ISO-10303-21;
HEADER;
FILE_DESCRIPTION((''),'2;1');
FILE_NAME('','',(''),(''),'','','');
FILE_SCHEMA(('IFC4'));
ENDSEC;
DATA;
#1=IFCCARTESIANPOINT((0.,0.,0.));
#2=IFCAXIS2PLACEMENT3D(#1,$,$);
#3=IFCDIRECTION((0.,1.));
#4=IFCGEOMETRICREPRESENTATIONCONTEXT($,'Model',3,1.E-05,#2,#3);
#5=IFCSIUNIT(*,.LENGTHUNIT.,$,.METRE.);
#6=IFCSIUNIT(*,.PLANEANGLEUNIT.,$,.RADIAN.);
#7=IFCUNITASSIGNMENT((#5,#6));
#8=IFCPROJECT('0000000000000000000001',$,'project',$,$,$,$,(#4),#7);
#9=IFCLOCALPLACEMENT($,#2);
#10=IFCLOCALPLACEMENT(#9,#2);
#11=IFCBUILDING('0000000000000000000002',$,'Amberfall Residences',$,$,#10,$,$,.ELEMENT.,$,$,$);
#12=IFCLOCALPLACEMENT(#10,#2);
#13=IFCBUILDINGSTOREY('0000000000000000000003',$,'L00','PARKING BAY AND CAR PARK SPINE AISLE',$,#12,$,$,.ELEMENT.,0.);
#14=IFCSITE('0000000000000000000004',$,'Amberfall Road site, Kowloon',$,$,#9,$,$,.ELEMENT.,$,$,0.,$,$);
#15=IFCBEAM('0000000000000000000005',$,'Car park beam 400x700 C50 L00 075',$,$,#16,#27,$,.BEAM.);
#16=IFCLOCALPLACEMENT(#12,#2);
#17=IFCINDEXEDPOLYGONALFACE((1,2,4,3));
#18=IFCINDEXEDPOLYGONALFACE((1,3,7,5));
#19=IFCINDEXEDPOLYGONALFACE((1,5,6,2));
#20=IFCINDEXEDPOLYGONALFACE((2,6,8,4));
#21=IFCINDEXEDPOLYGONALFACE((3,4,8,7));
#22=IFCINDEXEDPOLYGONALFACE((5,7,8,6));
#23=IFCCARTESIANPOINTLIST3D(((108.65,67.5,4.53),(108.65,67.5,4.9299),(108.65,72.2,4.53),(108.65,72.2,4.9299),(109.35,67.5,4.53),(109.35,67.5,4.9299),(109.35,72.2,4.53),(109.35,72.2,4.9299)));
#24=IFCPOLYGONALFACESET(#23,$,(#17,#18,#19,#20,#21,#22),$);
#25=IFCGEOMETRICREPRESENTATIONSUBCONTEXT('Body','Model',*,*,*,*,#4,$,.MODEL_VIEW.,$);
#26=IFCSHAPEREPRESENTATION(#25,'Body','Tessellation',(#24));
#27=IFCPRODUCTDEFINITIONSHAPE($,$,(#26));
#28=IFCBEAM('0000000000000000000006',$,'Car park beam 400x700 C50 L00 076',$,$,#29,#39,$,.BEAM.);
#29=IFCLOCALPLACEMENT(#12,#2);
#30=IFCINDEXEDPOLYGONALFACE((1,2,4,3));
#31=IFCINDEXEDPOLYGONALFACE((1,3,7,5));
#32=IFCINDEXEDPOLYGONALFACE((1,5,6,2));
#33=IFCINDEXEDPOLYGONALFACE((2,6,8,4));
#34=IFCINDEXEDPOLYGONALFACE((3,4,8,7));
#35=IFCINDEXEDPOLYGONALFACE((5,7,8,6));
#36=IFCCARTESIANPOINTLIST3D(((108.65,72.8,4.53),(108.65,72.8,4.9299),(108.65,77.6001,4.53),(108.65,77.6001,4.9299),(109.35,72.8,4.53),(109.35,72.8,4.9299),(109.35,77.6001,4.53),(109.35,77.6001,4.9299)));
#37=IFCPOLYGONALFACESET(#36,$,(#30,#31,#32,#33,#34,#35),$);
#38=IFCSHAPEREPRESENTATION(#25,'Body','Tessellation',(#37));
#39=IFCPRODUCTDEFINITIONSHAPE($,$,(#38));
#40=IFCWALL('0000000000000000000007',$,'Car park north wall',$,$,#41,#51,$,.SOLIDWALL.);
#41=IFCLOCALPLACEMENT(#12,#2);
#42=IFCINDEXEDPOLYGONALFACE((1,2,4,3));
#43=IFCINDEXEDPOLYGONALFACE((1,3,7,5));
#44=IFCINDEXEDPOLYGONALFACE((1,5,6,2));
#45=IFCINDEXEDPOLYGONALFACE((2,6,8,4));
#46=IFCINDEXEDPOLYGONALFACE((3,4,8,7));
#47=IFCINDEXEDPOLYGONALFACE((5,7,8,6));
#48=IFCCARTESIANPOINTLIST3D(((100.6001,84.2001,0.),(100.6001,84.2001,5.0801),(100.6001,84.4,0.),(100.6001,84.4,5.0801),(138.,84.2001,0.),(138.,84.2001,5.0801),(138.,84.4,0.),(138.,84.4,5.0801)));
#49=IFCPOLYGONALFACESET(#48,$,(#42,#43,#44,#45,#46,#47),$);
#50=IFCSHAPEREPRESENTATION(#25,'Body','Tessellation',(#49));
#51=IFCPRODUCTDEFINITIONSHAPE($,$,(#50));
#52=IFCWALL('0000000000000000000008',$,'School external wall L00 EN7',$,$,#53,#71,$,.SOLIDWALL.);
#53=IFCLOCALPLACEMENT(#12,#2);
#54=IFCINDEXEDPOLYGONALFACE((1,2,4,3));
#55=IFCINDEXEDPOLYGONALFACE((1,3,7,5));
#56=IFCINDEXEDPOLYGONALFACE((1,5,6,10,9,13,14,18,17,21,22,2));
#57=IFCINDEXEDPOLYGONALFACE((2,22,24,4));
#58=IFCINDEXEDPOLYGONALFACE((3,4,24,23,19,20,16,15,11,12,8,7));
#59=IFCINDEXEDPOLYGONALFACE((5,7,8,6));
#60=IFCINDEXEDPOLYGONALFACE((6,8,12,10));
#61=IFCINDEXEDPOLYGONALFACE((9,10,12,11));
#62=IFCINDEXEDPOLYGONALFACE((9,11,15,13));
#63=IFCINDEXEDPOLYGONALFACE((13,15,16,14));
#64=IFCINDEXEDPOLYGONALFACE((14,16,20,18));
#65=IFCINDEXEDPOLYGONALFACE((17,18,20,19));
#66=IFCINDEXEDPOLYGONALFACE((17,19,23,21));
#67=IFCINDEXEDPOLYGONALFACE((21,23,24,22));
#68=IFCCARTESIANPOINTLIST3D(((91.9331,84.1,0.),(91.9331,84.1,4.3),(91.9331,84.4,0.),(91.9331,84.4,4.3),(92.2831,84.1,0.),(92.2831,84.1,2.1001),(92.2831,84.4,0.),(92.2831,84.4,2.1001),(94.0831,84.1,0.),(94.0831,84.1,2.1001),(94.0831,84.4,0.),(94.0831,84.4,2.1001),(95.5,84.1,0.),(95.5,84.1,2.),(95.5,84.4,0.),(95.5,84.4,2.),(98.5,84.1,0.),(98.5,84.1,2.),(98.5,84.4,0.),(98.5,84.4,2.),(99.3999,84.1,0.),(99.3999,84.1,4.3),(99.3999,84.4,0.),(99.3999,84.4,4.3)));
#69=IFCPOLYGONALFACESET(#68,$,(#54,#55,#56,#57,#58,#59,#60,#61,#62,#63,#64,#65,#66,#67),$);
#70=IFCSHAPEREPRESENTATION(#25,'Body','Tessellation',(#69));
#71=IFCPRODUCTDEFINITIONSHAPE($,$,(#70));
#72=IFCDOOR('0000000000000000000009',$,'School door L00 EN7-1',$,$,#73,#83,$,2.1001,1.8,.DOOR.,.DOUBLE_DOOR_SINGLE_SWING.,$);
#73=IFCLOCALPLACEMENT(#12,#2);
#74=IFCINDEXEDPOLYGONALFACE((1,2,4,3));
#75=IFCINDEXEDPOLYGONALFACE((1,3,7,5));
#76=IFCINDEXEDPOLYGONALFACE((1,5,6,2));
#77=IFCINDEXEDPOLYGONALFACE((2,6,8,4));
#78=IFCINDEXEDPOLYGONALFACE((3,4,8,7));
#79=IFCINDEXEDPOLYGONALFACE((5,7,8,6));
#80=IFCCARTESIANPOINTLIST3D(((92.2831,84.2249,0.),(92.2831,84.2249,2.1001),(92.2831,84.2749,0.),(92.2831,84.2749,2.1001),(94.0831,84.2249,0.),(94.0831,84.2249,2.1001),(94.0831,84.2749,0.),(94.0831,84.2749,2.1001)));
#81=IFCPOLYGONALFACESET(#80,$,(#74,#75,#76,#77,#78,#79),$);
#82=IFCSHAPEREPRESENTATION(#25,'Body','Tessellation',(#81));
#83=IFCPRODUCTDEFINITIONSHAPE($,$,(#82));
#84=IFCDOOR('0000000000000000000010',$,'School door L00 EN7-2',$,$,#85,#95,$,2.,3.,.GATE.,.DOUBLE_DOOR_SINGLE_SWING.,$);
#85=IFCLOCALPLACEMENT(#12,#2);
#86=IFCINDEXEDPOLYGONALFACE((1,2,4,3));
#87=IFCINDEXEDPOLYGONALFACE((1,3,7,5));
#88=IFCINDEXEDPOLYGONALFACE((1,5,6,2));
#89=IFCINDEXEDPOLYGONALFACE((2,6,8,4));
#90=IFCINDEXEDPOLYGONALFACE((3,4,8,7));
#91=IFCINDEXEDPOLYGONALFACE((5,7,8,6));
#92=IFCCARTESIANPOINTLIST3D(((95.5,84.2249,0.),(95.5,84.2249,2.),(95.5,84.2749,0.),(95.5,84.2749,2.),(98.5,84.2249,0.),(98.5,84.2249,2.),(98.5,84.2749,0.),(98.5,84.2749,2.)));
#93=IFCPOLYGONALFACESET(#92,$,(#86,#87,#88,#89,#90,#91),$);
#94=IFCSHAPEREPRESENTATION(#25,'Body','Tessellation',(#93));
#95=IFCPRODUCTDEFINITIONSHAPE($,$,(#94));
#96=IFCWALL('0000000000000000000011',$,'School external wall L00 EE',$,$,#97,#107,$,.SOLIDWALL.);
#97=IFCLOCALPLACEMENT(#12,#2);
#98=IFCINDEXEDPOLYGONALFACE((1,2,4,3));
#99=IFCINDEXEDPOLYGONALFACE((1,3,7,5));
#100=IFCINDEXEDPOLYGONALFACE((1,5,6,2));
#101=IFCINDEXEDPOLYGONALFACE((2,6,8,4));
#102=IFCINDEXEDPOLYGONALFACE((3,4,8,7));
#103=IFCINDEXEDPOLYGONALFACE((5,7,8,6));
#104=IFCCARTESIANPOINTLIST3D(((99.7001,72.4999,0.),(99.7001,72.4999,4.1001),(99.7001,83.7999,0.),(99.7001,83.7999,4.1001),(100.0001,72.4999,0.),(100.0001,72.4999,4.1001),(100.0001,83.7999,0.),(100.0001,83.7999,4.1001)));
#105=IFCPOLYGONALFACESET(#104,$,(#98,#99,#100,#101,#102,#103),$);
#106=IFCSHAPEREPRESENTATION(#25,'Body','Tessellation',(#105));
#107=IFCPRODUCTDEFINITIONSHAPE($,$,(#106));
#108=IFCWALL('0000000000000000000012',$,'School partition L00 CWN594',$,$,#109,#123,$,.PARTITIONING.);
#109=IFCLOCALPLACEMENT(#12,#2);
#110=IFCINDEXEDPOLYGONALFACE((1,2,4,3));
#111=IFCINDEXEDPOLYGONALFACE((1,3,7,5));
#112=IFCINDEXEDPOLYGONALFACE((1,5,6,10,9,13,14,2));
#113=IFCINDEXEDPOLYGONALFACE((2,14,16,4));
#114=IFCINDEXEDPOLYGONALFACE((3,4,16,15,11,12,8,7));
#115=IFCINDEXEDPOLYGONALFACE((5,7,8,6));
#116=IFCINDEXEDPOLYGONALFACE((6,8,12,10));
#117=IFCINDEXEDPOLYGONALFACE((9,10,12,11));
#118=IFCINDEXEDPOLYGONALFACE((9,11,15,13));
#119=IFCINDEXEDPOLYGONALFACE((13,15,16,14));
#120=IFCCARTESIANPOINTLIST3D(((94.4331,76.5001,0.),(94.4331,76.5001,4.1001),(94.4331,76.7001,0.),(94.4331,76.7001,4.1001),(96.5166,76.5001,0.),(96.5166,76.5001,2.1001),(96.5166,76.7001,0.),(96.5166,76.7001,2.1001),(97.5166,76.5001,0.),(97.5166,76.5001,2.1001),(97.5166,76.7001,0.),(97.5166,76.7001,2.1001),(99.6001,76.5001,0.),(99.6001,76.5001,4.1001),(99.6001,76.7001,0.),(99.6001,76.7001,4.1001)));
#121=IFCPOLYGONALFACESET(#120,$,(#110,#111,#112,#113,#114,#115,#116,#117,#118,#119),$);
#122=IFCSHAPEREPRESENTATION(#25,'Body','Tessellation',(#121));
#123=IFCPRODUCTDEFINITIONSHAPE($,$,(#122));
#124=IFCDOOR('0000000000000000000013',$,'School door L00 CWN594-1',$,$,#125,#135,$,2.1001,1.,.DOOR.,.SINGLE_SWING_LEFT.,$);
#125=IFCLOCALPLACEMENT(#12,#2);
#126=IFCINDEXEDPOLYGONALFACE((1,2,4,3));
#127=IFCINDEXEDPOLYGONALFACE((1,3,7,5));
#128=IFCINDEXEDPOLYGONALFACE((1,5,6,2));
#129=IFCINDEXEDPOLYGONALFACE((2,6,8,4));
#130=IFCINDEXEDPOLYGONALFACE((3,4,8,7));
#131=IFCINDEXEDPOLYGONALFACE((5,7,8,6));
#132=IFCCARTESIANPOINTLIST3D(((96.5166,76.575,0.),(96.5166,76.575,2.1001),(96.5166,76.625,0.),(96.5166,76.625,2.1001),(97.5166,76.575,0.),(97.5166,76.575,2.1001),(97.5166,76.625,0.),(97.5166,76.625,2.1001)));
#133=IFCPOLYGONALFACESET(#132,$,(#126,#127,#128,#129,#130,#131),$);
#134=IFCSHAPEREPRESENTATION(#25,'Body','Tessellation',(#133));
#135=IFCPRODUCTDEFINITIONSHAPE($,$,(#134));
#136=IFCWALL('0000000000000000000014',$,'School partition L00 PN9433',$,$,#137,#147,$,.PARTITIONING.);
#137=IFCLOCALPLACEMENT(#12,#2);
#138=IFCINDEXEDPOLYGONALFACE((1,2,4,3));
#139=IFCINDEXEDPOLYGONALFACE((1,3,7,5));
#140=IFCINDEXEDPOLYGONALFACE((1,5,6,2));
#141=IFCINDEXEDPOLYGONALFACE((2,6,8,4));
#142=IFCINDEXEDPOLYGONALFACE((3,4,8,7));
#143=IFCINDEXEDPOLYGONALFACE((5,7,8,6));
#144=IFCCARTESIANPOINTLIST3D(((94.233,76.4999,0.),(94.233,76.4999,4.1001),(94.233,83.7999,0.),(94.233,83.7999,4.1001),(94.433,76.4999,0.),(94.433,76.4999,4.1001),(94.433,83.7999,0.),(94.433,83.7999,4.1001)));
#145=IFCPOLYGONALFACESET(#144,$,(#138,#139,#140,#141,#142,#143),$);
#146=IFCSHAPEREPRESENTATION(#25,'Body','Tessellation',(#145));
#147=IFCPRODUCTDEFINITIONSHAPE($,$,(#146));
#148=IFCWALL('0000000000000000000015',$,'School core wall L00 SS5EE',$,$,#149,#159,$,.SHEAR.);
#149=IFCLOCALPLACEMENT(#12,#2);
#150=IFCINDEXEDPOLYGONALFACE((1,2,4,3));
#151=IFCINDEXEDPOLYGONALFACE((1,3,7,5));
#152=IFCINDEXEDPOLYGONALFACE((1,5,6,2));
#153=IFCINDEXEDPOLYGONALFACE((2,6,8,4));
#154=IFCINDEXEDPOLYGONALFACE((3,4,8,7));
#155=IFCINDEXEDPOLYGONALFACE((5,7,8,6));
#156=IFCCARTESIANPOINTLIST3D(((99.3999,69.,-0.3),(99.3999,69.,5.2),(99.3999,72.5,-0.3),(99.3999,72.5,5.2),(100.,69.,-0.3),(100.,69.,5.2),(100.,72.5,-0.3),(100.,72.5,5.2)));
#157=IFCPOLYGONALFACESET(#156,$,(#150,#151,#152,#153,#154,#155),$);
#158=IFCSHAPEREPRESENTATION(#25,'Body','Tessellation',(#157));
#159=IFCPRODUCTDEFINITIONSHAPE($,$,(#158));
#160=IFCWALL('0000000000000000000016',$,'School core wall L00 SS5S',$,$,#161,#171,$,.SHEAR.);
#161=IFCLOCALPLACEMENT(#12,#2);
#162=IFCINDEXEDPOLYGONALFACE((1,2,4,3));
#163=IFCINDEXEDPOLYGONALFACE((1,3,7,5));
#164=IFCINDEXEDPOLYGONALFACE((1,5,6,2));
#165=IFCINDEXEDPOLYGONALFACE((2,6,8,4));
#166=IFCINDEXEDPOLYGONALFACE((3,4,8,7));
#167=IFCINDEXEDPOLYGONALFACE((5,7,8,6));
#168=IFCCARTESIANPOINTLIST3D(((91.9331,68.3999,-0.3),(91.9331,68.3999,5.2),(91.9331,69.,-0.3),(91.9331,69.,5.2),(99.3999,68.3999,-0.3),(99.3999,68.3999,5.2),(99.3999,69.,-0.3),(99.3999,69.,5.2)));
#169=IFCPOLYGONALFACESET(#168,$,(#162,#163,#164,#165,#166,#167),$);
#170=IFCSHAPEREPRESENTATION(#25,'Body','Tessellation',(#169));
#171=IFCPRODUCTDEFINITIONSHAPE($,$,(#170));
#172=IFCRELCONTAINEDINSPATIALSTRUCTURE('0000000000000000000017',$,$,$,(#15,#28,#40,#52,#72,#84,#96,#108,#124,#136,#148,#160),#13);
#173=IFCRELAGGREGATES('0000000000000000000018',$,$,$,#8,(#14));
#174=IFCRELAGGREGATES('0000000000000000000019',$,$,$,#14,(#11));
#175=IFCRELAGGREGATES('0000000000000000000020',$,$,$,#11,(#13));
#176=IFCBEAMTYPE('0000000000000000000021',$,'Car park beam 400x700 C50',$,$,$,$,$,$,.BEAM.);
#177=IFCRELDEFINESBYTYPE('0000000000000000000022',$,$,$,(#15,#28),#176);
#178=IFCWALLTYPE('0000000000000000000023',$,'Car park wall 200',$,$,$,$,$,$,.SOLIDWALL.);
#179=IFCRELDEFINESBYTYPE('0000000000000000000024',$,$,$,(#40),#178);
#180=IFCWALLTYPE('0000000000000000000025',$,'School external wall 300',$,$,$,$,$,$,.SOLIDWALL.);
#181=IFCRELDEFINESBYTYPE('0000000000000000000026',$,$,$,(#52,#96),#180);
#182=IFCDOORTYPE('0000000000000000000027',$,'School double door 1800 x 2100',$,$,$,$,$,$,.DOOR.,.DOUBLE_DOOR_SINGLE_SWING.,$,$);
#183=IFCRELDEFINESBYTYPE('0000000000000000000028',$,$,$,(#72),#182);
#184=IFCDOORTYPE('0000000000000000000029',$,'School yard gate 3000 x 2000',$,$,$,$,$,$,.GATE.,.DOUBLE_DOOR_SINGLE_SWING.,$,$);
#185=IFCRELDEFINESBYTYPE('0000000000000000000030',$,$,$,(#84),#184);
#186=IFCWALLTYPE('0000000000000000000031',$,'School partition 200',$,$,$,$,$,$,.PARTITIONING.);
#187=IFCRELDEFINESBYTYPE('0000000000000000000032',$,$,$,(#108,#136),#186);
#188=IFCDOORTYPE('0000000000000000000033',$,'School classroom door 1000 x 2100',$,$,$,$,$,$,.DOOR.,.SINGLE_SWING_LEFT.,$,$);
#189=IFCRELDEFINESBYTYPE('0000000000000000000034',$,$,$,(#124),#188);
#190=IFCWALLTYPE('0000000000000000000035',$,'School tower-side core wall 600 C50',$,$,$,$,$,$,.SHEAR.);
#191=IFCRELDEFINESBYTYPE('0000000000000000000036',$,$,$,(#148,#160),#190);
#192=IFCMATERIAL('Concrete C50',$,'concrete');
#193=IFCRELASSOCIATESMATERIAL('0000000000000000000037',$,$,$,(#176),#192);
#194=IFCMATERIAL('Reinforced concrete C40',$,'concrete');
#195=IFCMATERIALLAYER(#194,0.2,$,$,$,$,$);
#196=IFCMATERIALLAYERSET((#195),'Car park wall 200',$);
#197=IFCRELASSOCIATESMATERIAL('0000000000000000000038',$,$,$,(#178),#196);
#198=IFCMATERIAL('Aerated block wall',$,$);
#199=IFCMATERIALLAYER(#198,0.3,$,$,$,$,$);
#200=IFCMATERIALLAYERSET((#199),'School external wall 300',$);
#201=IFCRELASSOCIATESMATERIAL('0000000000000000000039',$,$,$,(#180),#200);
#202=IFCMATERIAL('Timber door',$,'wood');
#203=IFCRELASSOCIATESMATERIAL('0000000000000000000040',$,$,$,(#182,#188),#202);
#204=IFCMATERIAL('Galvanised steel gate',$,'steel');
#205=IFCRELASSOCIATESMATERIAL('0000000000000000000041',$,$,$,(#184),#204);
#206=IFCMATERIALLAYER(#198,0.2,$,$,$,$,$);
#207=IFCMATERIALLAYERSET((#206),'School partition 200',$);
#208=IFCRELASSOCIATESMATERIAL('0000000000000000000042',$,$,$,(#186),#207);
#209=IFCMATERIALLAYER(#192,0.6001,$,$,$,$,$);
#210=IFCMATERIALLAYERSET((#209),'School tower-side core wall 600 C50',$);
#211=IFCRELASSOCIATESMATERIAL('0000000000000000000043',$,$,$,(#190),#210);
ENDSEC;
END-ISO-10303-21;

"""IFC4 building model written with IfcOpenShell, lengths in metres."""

from ifc_helpers import new_model, si_unit, direction, frame, frame_2d, origin, origin_2d, place, context, subcontext, project, spatial, rectangle, extrude, material, layer, layer_set, material_profile, profile_set, type_object, element, fill, save


model = new_model("IFC4")

# Units and contexts
model_context = context("Model", 3, precision=1e-05, world=origin(), true_north=direction((0.0, 1.0)))
body_context = subcontext(model_context, "Body", "Model", "MODEL_VIEW")
ifc_project = project(units=[si_unit("LENGTHUNIT", "METRE"), si_unit("PLANEANGLEUNIT", "RADIAN")], contexts=[model_context])

# Site, building, storey
site_placement = place(None, origin())
site = spatial("IfcSite", under=ifc_project, at=site_placement, Name="Amberfall Road site, Kowloon", CompositionType="ELEMENT", RefElevation=0.0)
building_placement = place(site_placement, origin())
building = spatial("IfcBuilding", under=site, at=building_placement, Name="Amberfall Residences", CompositionType="ELEMENT")
storey_placement = place(building_placement, origin())
storey = spatial("IfcBuildingStorey", under=building, at=storey_placement, Name="L00", Description="PARKING BAY AND CAR PARK SPINE AISLE", CompositionType="ELEMENT", Elevation=0.0)

# Shared definitions
ifc_material_1 = material(Name="Concrete C50", Category="concrete")

# Beams
ifc_material_profile_1 = material_profile(ifc_material_1, rectangle(XDim=0.3999, YDim=0.7, at=origin_2d()), Name="RC 400x700")
ifc_profile_set_1 = profile_set([ifc_material_profile_1], Name="Concrete C50")
beam_type = type_object("IfcBeamType", Name="Car park beam 400x700 C50", PredefinedType="BEAM", material=ifc_profile_set_1)
beam_1_placement = place(storey_placement, frame((109.0, 67.5, 4.73), z_axis=(0.0, 1.0, 0.0), x_axis=(0.0, 0.0, 1.0)))
element("IfcBeam", 1, at=beam_1_placement, inside=storey, type_object=beam_type, Name="Car park beam 400x700 C50 L00 075", PredefinedType="BEAM", context=body_context, shape_type="SweptSolid", body=[
    extrude(rectangle(XDim=0.3999, YDim=0.7, at=origin_2d()), origin(), (0.0, 0.0, 1.0), 4.7),
])
beam_2_placement = place(storey_placement, frame((109.0, 72.8, 4.73), z_axis=(0.0, 1.0, 0.0), x_axis=(0.0, 0.0, 1.0)))
element("IfcBeam", 2, at=beam_2_placement, inside=storey, type_object=beam_type, Name="Car park beam 400x700 C50 L00 076", PredefinedType="BEAM", context=body_context, shape_type="SweptSolid", body=[
    extrude(rectangle(XDim=0.3999, YDim=0.7, at=origin_2d()), origin(), (0.0, 0.0, 1.0), 4.8),
])

# Wall
ifc_material_2 = material(Name="Reinforced concrete C40", Category="concrete")
ifc_layer_1 = layer(ifc_material_2, 0.2)
ifc_layer_set_1 = layer_set([ifc_layer_1], Name="Car park wall 200")
wall_type_1 = type_object("IfcWallType", Name="Car park wall 200", PredefinedType="SOLIDWALL", material=ifc_layer_set_1)
wall_1_placement = place(storey_placement, frame((100.6001, 84.3, 0.0), z_axis=(0.0, 0.0, 1.0), x_axis=(1.0, 0.0, 0.0)))
element("IfcWall", 3, at=wall_1_placement, inside=storey, type_object=wall_type_1, Name="Car park north wall", PredefinedType="SOLIDWALL", context=body_context, shape_type="SweptSolid", body=[
    extrude(rectangle(XDim=37.3999, YDim=0.2, at=frame_2d((18.7, 0.0))), origin(), (0.0, 0.0, 1.0), 5.0801),
])

# Wall, openings, doors
ifc_material_3 = material(Name="Aerated block wall")
ifc_layer_2 = layer(ifc_material_3, 0.3)
ifc_layer_set_2 = layer_set([ifc_layer_2], Name="School external wall 300")
wall_type_2 = type_object("IfcWallType", Name="School external wall 300", PredefinedType="SOLIDWALL", material=ifc_layer_set_2)
wall_2_placement = place(storey_placement, frame((91.9331, 84.25, 0.0), z_axis=(0.0, 0.0, 1.0), x_axis=(1.0, 0.0, 0.0)))
wall_2 = element("IfcWall", 4, at=wall_2_placement, inside=storey, type_object=wall_type_2, Name="School external wall L00 EN7", PredefinedType="SOLIDWALL", context=body_context, shape_type="SweptSolid", body=[
    extrude(rectangle(XDim=7.4668, YDim=0.3, at=frame_2d((3.7334, 0.0))), origin(), (0.0, 0.0, 1.0), 4.3),
])
opening_1_placement = place(wall_2_placement, frame((0.3501, 0.0, 0.0)))
opening_1 = element("IfcOpeningElement", 5, at=opening_1_placement, cuts=wall_2, PredefinedType="OPENING", context=body_context, shape_type="SweptSolid", body=[
    extrude(rectangle(XDim=1.8, YDim=2.1001, at=frame_2d((0.8999, 1.05))), frame((0.0, 0.1599, 0.0), z_axis=(0.0, -1.0, 0.0), x_axis=(1.0, 0.0, 0.0)), (0.0, 0.0, 1.0), 0.3201),
])
opening_2_placement = place(wall_2_placement, frame((3.5669, 0.0, 0.0)))
opening_2 = element("IfcOpeningElement", 6, at=opening_2_placement, cuts=wall_2, PredefinedType="OPENING", context=body_context, shape_type="SweptSolid", body=[
    extrude(rectangle(XDim=3.0, YDim=2.0, at=frame_2d((1.5, 1.0))), frame((0.0, 0.1599, 0.0), z_axis=(0.0, -1.0, 0.0), x_axis=(1.0, 0.0, 0.0)), (0.0, 0.0, 1.0), 0.3201),
])
ifc_material_4 = material(Name="Timber door", Category="wood")
door_type_1 = type_object("IfcDoorType", Name="School double door 1800 x 2100", OperationType="DOUBLE_DOOR_SINGLE_SWING", PredefinedType="DOOR", material=ifc_material_4)
door_1_placement = place(opening_1_placement, origin())
door_1 = element("IfcDoor", 7, at=door_1_placement, inside=storey, type_object=door_type_1, Name="School door L00 EN7-1", OperationType="DOUBLE_DOOR_SINGLE_SWING", OverallHeight=2.1001, OverallWidth=1.8, PredefinedType="DOOR", context=body_context, shape_type="SweptSolid", body=[
    extrude(rectangle(XDim=1.8, YDim=2.1001, at=frame_2d((0.8999, 1.05))), frame((0.0, 0.0249, 0.0), z_axis=(0.0, -1.0, 0.0), x_axis=(1.0, 0.0, 0.0)), (0.0, 0.0, 1.0), 0.05),
])
fill(opening_1, door_1)
ifc_material_5 = material(Name="Galvanised steel gate", Category="steel")
door_type_2 = type_object("IfcDoorType", Name="School yard gate 3000 x 2000", OperationType="DOUBLE_DOOR_SINGLE_SWING", PredefinedType="GATE", material=ifc_material_5)
door_2_placement = place(opening_2_placement, origin())
door_2 = element("IfcDoor", 8, at=door_2_placement, inside=storey, type_object=door_type_2, Name="School door L00 EN7-2", OperationType="DOUBLE_DOOR_SINGLE_SWING", OverallHeight=2.0, OverallWidth=3.0, PredefinedType="GATE", context=body_context, shape_type="SweptSolid", body=[
    extrude(rectangle(XDim=3.0, YDim=2.0, at=frame_2d((1.5, 1.0))), frame((0.0, 0.0249, 0.0), z_axis=(0.0, -1.0, 0.0), x_axis=(1.0, 0.0, 0.0)), (0.0, 0.0, 1.0), 0.05),
])
fill(opening_2, door_2)

# Wall
wall_3_placement = place(storey_placement, frame((99.8501, 72.5, 0.0), z_axis=(0.0, 0.0, 1.0), x_axis=(0.0, 1.0, 0.0)))
element("IfcWall", 9, at=wall_3_placement, inside=storey, type_object=wall_type_2, Name="School external wall L00 EE", PredefinedType="SOLIDWALL", context=body_context, shape_type="SweptSolid", body=[
    extrude(rectangle(XDim=11.3, YDim=0.3, at=frame_2d((5.6499, 0.0))), origin(), (0.0, 0.0, 1.0), 4.1001),
])

# Wall, opening, door
ifc_layer_3 = layer(ifc_material_3, 0.2)
ifc_layer_set_3 = layer_set([ifc_layer_3], Name="School partition 200")
wall_type_3 = type_object("IfcWallType", Name="School partition 200", PredefinedType="PARTITIONING", material=ifc_layer_set_3)
wall_4_placement = place(storey_placement, frame((94.4331, 76.6001, 0.0), z_axis=(0.0, 0.0, 1.0), x_axis=(1.0, 0.0, 0.0)))
wall_4 = element("IfcWall", 10, at=wall_4_placement, inside=storey, type_object=wall_type_3, Name="School partition L00 CWN594", PredefinedType="PARTITIONING", context=body_context, shape_type="SweptSolid", body=[
    extrude(rectangle(XDim=5.167, YDim=0.2, at=frame_2d((2.5835, 0.0))), origin(), (0.0, 0.0, 1.0), 4.1001),
])
opening_3_placement = place(wall_4_placement, frame((2.0835, 0.0, 0.0)))
opening_3 = element("IfcOpeningElement", 11, at=opening_3_placement, cuts=wall_4, PredefinedType="OPENING", context=body_context, shape_type="SweptSolid", body=[
    extrude(rectangle(XDim=1.0, YDim=2.1001, at=frame_2d((0.5, 1.05))), frame((0.0, 0.1099, 0.0), z_axis=(0.0, -1.0, 0.0), x_axis=(1.0, 0.0, 0.0)), (0.0, 0.0, 1.0), 0.22),
])
door_type_3 = type_object("IfcDoorType", Name="School classroom door 1000 x 2100", OperationType="SINGLE_SWING_LEFT", PredefinedType="DOOR", material=ifc_material_4)
door_3_placement = place(opening_3_placement, origin())
door_3 = element("IfcDoor", 12, at=door_3_placement, inside=storey, type_object=door_type_3, Name="School door L00 CWN594-1", OperationType="SINGLE_SWING_LEFT", OverallHeight=2.1001, OverallWidth=1.0, PredefinedType="DOOR", context=body_context, shape_type="SweptSolid", body=[
    extrude(rectangle(XDim=1.0, YDim=2.1001, at=frame_2d((0.5, 1.05))), frame((0.0, 0.0249, 0.0), z_axis=(0.0, -1.0, 0.0), x_axis=(1.0, 0.0, 0.0)), (0.0, 0.0, 1.0), 0.05),
])
fill(opening_3, door_3)

# Walls
wall_5_placement = place(storey_placement, frame((94.333, 76.5, 0.0), z_axis=(0.0, 0.0, 1.0), x_axis=(0.0, 1.0, 0.0)))
element("IfcWall", 13, at=wall_5_placement, inside=storey, type_object=wall_type_3, Name="School partition L00 PN9433", PredefinedType="PARTITIONING", context=body_context, shape_type="SweptSolid", body=[
    extrude(rectangle(XDim=7.3, YDim=0.2, at=frame_2d((3.6499, 0.0))), origin(), (0.0, 0.0, 1.0), 4.1001),
])
ifc_layer_4 = layer(ifc_material_1, 0.6001)
ifc_layer_set_4 = layer_set([ifc_layer_4], Name="School tower-side core wall 600 C50")
wall_type_4 = type_object("IfcWallType", Name="School tower-side core wall 600 C50", PredefinedType="SHEAR", material=ifc_layer_set_4)
wall_6_placement = place(storey_placement, frame((99.7, 69.0, -0.3), z_axis=(0.0, 0.0, 1.0), x_axis=(0.0, 1.0, 0.0)))
element("IfcWall", 14, at=wall_6_placement, inside=storey, type_object=wall_type_4, Name="School core wall L00 SS5EE", PredefinedType="SHEAR", context=body_context, shape_type="SweptSolid", body=[
    extrude(rectangle(XDim=3.5, YDim=0.6001, at=frame_2d((1.75, 0.0))), origin(), (0.0, 0.0, 1.0), 5.5),
])
wall_7_placement = place(storey_placement, frame((91.9331, 68.7, -0.3), z_axis=(0.0, 0.0, 1.0), x_axis=(1.0, 0.0, 0.0)))
element("IfcWall", 15, at=wall_7_placement, inside=storey, type_object=wall_type_4, Name="School core wall L00 SS5S", PredefinedType="SHEAR", context=body_context, shape_type="SweptSolid", body=[
    extrude(rectangle(XDim=7.4668, YDim=0.6001, at=frame_2d((3.7334, 0.0))), origin(), (0.0, 0.0, 1.0), 5.5),
])

save(model, "model.ifc")
